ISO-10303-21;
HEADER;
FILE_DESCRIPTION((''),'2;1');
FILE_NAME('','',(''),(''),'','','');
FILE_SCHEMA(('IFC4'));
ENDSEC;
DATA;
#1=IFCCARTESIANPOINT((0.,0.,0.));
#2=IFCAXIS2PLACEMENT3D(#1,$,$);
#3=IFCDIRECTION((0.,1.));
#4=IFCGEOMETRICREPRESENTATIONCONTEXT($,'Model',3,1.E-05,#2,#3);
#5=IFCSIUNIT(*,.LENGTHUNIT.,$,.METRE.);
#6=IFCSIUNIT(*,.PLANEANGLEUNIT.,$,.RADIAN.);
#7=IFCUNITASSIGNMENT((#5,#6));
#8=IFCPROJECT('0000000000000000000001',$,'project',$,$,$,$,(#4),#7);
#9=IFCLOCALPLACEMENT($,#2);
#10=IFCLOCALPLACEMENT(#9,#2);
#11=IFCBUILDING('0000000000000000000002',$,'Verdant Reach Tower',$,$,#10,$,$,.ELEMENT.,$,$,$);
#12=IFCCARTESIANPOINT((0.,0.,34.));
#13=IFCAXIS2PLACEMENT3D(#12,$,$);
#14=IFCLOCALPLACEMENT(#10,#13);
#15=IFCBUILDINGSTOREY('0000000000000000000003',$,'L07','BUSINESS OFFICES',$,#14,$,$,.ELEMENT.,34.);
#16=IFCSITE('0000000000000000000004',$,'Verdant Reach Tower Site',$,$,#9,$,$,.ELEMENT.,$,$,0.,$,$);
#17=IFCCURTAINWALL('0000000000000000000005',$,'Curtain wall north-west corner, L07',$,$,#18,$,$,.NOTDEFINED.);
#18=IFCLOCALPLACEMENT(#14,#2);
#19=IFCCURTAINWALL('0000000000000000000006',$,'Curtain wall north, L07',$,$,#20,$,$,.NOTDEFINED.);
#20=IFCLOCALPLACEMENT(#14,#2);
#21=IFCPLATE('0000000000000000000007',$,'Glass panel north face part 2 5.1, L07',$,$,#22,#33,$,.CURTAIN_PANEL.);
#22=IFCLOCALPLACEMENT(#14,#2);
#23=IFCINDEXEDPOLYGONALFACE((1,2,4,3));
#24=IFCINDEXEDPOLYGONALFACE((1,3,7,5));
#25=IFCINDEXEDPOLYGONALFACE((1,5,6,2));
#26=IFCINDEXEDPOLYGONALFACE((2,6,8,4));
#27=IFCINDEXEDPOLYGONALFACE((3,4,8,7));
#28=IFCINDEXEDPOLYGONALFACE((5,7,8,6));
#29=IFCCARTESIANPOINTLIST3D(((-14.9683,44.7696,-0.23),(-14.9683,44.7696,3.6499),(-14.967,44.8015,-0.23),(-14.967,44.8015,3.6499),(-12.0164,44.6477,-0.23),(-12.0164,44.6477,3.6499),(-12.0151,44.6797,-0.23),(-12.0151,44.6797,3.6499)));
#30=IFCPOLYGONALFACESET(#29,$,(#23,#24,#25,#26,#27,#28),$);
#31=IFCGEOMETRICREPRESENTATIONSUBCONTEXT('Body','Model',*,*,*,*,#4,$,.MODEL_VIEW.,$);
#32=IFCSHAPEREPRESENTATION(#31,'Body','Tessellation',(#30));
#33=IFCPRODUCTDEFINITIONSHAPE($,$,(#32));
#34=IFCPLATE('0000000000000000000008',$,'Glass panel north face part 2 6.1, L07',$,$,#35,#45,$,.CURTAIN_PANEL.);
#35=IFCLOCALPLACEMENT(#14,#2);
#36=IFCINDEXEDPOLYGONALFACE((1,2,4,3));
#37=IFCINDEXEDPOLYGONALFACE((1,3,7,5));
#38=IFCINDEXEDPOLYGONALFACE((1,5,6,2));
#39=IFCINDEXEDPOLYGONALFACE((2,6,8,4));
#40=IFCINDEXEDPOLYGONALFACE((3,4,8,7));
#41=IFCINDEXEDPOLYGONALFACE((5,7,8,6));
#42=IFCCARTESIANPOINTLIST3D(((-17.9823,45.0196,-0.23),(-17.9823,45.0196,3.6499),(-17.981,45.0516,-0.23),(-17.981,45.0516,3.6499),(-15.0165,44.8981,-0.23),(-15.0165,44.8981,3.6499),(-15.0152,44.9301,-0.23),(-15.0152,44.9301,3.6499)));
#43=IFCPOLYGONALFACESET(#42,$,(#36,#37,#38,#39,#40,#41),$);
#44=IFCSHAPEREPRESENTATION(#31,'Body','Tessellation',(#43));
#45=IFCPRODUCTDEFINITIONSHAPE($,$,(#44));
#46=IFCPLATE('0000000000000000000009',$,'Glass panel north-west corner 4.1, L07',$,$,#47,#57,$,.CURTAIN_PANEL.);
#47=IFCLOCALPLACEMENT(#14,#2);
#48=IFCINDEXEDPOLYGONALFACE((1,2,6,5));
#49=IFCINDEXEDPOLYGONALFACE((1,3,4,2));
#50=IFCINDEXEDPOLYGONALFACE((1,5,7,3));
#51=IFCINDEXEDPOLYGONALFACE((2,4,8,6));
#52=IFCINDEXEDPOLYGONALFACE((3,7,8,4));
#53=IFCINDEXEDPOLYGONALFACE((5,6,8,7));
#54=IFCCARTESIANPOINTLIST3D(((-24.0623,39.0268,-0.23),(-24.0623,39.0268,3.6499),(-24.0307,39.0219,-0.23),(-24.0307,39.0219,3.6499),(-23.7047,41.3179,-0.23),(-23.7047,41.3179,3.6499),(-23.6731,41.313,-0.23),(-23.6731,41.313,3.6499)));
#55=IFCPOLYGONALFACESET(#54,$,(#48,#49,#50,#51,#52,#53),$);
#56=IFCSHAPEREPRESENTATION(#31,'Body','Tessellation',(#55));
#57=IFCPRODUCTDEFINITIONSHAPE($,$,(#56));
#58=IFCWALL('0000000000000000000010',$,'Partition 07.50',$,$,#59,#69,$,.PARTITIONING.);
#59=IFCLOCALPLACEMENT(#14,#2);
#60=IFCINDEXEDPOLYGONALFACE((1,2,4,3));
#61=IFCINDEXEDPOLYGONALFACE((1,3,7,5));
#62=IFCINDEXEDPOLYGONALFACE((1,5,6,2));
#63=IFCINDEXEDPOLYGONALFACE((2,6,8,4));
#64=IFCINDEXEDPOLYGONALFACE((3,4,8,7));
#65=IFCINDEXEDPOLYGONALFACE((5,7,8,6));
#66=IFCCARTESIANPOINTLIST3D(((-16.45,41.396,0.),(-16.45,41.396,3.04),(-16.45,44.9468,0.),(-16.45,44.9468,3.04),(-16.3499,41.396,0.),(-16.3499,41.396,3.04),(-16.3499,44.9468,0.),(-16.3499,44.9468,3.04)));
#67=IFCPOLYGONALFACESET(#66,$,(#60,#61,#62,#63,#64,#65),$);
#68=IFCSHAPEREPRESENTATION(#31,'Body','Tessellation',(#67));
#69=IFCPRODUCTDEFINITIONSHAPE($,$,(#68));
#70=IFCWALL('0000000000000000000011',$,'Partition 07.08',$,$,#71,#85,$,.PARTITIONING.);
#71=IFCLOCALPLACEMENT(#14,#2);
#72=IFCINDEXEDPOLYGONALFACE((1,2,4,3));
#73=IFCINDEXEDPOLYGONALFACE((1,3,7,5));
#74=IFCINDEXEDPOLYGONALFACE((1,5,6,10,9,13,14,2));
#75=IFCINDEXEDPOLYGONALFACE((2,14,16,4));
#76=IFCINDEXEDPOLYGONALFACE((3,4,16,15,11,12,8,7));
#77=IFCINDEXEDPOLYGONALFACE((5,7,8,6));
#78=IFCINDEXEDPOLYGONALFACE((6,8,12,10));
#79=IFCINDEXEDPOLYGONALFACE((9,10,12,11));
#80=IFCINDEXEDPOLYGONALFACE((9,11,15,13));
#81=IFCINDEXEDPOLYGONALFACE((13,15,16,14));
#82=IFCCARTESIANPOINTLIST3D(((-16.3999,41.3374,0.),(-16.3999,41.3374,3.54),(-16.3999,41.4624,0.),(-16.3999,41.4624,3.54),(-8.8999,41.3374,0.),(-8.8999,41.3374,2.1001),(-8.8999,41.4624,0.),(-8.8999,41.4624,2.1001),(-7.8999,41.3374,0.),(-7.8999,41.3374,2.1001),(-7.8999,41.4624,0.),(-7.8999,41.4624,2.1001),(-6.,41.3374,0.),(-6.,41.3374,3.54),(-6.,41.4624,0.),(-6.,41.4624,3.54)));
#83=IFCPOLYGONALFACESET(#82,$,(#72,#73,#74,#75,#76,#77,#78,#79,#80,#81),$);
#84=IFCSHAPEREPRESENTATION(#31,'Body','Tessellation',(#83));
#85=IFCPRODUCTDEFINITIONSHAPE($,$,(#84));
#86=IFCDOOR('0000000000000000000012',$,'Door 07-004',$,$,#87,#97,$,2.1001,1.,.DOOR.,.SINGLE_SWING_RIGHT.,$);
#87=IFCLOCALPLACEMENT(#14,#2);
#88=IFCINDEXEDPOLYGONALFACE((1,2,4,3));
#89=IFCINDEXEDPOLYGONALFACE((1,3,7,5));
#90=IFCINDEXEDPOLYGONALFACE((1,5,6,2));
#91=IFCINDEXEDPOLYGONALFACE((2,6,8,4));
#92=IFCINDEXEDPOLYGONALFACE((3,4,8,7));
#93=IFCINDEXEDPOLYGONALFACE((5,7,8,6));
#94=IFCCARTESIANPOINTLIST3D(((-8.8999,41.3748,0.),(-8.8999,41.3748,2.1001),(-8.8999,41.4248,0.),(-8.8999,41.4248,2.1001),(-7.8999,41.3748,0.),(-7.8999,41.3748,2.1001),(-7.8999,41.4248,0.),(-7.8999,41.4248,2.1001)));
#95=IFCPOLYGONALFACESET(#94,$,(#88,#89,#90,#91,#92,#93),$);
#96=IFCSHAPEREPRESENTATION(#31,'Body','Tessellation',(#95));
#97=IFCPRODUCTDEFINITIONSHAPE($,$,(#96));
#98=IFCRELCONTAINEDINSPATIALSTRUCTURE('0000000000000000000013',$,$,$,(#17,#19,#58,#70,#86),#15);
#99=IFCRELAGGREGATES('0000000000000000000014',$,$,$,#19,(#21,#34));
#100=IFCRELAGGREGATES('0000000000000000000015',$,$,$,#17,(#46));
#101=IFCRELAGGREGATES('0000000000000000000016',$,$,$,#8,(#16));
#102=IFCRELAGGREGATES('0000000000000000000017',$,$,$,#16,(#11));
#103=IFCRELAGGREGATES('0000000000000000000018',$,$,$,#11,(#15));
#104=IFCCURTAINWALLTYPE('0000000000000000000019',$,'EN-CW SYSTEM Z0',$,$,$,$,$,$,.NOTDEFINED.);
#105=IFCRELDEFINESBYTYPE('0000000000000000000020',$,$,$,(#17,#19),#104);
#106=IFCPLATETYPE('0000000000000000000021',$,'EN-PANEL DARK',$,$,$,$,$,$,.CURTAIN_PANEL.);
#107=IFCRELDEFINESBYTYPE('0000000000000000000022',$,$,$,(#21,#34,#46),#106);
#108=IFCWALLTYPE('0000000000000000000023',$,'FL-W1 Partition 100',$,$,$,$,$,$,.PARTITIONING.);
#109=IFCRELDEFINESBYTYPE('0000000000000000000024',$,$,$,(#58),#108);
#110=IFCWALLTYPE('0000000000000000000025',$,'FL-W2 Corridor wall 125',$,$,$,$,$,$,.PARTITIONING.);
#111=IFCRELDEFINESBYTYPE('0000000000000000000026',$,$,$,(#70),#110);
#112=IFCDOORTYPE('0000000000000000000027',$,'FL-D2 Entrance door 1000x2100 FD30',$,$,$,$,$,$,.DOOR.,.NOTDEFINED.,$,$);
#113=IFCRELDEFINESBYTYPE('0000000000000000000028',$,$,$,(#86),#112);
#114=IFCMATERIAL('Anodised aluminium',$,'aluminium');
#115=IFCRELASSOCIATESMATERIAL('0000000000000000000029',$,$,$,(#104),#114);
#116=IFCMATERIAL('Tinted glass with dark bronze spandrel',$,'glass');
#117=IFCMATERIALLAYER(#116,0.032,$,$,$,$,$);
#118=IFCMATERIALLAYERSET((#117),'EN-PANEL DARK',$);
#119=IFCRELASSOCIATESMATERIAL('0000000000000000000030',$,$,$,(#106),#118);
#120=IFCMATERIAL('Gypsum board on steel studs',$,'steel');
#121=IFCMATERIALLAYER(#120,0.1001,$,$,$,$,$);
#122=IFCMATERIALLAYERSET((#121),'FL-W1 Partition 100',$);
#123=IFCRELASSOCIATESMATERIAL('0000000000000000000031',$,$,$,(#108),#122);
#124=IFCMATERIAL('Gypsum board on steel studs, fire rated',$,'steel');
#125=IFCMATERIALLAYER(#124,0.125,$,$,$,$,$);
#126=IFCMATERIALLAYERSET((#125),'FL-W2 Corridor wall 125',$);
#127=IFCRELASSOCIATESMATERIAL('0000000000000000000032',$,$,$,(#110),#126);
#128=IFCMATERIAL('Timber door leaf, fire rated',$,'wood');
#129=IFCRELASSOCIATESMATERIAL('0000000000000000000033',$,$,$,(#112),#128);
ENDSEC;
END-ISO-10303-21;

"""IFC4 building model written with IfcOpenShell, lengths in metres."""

from ifc_helpers import new_model, si_unit, direction, frame, frame_2d, origin, origin_2d, place, context, subcontext, project, spatial, rectangle, extrude, material, layer, layer_set, type_object, element, fill, aggregate, save


model = new_model("IFC4")

# Units and contexts
model_context = context("Model", 3, precision=1e-05, world=origin(), true_north=direction((0.0, 1.0)))
body_context = subcontext(model_context, "Body", "Model", "MODEL_VIEW")
ifc_project = project(units=[si_unit("LENGTHUNIT", "METRE"), si_unit("PLANEANGLEUNIT", "RADIAN")], contexts=[model_context])

# Site, building, storey
site_placement = place(None, origin())
site = spatial("IfcSite", under=ifc_project, at=site_placement, Name="Verdant Reach Tower Site", CompositionType="ELEMENT", RefElevation=0.0)
building_placement = place(site_placement, origin())
building = spatial("IfcBuilding", under=site, at=building_placement, Name="Verdant Reach Tower", CompositionType="ELEMENT")
storey_placement = place(building_placement, frame((0.0, 0.0, 34.0)))
storey = spatial("IfcBuildingStorey", under=building, at=storey_placement, Name="L07", Description="BUSINESS OFFICES", CompositionType="ELEMENT", Elevation=34.0)

# Shared definitions
ifc_material_1 = material(Name="Anodised aluminium", Category="aluminium")
curtain_wall_type = type_object("IfcCurtainWallType", Name="EN-CW SYSTEM Z0", PredefinedType="NOTDEFINED", material=ifc_material_1)

# Curtain walls, plates
curtain_wall_1_placement = place(storey_placement, origin())
curtain_wall_1 = element("IfcCurtainWall", 1, at=curtain_wall_1_placement, inside=storey, type_object=curtain_wall_type, Name="Curtain wall north-west corner, L07", PredefinedType="NOTDEFINED")
curtain_wall_2_placement = place(storey_placement, origin())
curtain_wall_2 = element("IfcCurtainWall", 2, at=curtain_wall_2_placement, inside=storey, type_object=curtain_wall_type, Name="Curtain wall north, L07", PredefinedType="NOTDEFINED")
ifc_material_2 = material(Name="Tinted glass with dark bronze spandrel", Category="glass")
ifc_layer_1 = layer(ifc_material_2, 0.032)
ifc_layer_set_1 = layer_set([ifc_layer_1], Name="EN-PANEL DARK")
plate_type_1 = type_object("IfcPlateType", Name="EN-PANEL DARK", PredefinedType="CURTAIN_PANEL", material=ifc_layer_set_1)
plate_1_placement = place(storey_placement, frame((-13.4917, 44.7246, -0.23), z_axis=(0.0, 0.0, 1.0), x_axis=(-0.999149, 0.041242, 0.0)))
plate_1 = element("IfcPlate", 3, at=plate_1_placement, type_object=plate_type_1, Name="Glass panel north face part 2 5.1, L07", PredefinedType="CURTAIN_PANEL", context=body_context, shape_type="SweptSolid", body=[
    extrude(rectangle(XDim=2.9543, YDim=0.032, at=origin_2d()), origin(), (0.0, 0.0, 1.0), 3.8799),
])
plate_2_placement = place(storey_placement, frame((-16.4988, 44.9749, -0.23), z_axis=(0.0, 0.0, 1.0), x_axis=(-0.999162, 0.04092, 0.0)))
plate_2 = element("IfcPlate", 4, at=plate_2_placement, type_object=plate_type_1, Name="Glass panel north face part 2 6.1, L07", PredefinedType="CURTAIN_PANEL", context=body_context, shape_type="SweptSolid", body=[
    extrude(rectangle(XDim=2.9683, YDim=0.032, at=origin_2d()), origin(), (0.0, 0.0, 1.0), 3.8799),
])
aggregate(curtain_wall_2, [plate_1, plate_2])

# Plate
plate_3_placement = place(storey_placement, frame((-23.8677, 40.1699, -0.23), z_axis=(0.0, 0.0, 1.0), x_axis=(-0.154211, -0.988038, 0.0)))
plate_3 = element("IfcPlate", 5, at=plate_3_placement, type_object=plate_type_1, Name="Glass panel north-west corner 4.1, L07", PredefinedType="CURTAIN_PANEL", context=body_context, shape_type="SweptSolid", body=[
    extrude(rectangle(XDim=2.3188, YDim=0.032, at=origin_2d()), origin(), (0.0, 0.0, 1.0), 3.8799),
])
aggregate(curtain_wall_1, [plate_3])

# Wall
ifc_material_3 = material(Name="Gypsum board on steel studs", Category="steel")
ifc_layer_2 = layer(ifc_material_3, 0.1001)
ifc_layer_set_2 = layer_set([ifc_layer_2], Name="FL-W1 Partition 100")
wall_type_1 = type_object("IfcWallType", Name="FL-W1 Partition 100", PredefinedType="PARTITIONING", material=ifc_layer_set_2)
wall_1_placement = place(storey_placement, frame((-16.3999, 44.9468, 0.0), z_axis=(0.0, 0.0, 1.0), x_axis=(0.0, -1.0, 0.0)))
element("IfcWall", 6, at=wall_1_placement, inside=storey, type_object=wall_type_1, Name="Partition 07.50", PredefinedType="PARTITIONING", context=body_context, shape_type="SweptSolid", body=[
    extrude(rectangle(XDim=3.5508, YDim=0.1001, at=frame_2d((1.7754, 0.0))), origin(), (0.0, 0.0, 1.0), 3.04),
])

# Wall, opening, door
ifc_material_4 = material(Name="Gypsum board on steel studs, fire rated", Category="steel")
ifc_layer_3 = layer(ifc_material_4, 0.125)
ifc_layer_set_3 = layer_set([ifc_layer_3], Name="FL-W2 Corridor wall 125")
wall_type_2 = type_object("IfcWallType", Name="FL-W2 Corridor wall 125", PredefinedType="PARTITIONING", material=ifc_layer_set_3)
wall_2_placement = place(storey_placement, frame((-16.3999, 41.3999, 0.0), z_axis=(0.0, 0.0, 1.0), x_axis=(1.0, 0.0, 0.0)))
wall_2 = element("IfcWall", 7, at=wall_2_placement, inside=storey, type_object=wall_type_2, Name="Partition 07.08", PredefinedType="PARTITIONING", context=body_context, shape_type="SweptSolid", body=[
    extrude(rectangle(XDim=10.3999, YDim=0.125, at=frame_2d((5.2, 0.0))), origin(), (0.0, 0.0, 1.0), 3.54),
])
opening_placement = place(wall_2_placement, frame((7.5, 0.0, 0.0)))
opening = element("IfcOpeningElement", 8, at=opening_placement, cuts=wall_2, PredefinedType="OPENING", context=body_context, shape_type="SweptSolid", body=[
    extrude(rectangle(XDim=1.0, YDim=2.1001, at=frame_2d((0.5, 1.05))), frame((0.0, 0.0725, 0.0), z_axis=(0.0, -1.0, 0.0), x_axis=(1.0, 0.0, 0.0)), (0.0, 0.0, 1.0), 0.145),
])
ifc_material_5 = material(Name="Timber door leaf, fire rated", Category="wood")
door_type = type_object("IfcDoorType", Name="FL-D2 Entrance door 1000x2100 FD30", OperationType="NOTDEFINED", PredefinedType="DOOR", material=ifc_material_5)
door_placement = place(opening_placement, origin())
door = element("IfcDoor", 9, at=door_placement, inside=storey, type_object=door_type, Name="Door 07-004", OperationType="SINGLE_SWING_RIGHT", OverallHeight=2.1001, OverallWidth=1.0, PredefinedType="DOOR", context=body_context, shape_type="SweptSolid", body=[
    extrude(rectangle(XDim=1.0, YDim=2.1001, at=frame_2d((0.5, 1.05))), frame((0.0, 0.0249, 0.0), z_axis=(0.0, -1.0, 0.0), x_axis=(1.0, 0.0, 0.0)), (0.0, 0.0, 1.0), 0.05),
])
fill(opening, door)

save(model, "model.ifc")
